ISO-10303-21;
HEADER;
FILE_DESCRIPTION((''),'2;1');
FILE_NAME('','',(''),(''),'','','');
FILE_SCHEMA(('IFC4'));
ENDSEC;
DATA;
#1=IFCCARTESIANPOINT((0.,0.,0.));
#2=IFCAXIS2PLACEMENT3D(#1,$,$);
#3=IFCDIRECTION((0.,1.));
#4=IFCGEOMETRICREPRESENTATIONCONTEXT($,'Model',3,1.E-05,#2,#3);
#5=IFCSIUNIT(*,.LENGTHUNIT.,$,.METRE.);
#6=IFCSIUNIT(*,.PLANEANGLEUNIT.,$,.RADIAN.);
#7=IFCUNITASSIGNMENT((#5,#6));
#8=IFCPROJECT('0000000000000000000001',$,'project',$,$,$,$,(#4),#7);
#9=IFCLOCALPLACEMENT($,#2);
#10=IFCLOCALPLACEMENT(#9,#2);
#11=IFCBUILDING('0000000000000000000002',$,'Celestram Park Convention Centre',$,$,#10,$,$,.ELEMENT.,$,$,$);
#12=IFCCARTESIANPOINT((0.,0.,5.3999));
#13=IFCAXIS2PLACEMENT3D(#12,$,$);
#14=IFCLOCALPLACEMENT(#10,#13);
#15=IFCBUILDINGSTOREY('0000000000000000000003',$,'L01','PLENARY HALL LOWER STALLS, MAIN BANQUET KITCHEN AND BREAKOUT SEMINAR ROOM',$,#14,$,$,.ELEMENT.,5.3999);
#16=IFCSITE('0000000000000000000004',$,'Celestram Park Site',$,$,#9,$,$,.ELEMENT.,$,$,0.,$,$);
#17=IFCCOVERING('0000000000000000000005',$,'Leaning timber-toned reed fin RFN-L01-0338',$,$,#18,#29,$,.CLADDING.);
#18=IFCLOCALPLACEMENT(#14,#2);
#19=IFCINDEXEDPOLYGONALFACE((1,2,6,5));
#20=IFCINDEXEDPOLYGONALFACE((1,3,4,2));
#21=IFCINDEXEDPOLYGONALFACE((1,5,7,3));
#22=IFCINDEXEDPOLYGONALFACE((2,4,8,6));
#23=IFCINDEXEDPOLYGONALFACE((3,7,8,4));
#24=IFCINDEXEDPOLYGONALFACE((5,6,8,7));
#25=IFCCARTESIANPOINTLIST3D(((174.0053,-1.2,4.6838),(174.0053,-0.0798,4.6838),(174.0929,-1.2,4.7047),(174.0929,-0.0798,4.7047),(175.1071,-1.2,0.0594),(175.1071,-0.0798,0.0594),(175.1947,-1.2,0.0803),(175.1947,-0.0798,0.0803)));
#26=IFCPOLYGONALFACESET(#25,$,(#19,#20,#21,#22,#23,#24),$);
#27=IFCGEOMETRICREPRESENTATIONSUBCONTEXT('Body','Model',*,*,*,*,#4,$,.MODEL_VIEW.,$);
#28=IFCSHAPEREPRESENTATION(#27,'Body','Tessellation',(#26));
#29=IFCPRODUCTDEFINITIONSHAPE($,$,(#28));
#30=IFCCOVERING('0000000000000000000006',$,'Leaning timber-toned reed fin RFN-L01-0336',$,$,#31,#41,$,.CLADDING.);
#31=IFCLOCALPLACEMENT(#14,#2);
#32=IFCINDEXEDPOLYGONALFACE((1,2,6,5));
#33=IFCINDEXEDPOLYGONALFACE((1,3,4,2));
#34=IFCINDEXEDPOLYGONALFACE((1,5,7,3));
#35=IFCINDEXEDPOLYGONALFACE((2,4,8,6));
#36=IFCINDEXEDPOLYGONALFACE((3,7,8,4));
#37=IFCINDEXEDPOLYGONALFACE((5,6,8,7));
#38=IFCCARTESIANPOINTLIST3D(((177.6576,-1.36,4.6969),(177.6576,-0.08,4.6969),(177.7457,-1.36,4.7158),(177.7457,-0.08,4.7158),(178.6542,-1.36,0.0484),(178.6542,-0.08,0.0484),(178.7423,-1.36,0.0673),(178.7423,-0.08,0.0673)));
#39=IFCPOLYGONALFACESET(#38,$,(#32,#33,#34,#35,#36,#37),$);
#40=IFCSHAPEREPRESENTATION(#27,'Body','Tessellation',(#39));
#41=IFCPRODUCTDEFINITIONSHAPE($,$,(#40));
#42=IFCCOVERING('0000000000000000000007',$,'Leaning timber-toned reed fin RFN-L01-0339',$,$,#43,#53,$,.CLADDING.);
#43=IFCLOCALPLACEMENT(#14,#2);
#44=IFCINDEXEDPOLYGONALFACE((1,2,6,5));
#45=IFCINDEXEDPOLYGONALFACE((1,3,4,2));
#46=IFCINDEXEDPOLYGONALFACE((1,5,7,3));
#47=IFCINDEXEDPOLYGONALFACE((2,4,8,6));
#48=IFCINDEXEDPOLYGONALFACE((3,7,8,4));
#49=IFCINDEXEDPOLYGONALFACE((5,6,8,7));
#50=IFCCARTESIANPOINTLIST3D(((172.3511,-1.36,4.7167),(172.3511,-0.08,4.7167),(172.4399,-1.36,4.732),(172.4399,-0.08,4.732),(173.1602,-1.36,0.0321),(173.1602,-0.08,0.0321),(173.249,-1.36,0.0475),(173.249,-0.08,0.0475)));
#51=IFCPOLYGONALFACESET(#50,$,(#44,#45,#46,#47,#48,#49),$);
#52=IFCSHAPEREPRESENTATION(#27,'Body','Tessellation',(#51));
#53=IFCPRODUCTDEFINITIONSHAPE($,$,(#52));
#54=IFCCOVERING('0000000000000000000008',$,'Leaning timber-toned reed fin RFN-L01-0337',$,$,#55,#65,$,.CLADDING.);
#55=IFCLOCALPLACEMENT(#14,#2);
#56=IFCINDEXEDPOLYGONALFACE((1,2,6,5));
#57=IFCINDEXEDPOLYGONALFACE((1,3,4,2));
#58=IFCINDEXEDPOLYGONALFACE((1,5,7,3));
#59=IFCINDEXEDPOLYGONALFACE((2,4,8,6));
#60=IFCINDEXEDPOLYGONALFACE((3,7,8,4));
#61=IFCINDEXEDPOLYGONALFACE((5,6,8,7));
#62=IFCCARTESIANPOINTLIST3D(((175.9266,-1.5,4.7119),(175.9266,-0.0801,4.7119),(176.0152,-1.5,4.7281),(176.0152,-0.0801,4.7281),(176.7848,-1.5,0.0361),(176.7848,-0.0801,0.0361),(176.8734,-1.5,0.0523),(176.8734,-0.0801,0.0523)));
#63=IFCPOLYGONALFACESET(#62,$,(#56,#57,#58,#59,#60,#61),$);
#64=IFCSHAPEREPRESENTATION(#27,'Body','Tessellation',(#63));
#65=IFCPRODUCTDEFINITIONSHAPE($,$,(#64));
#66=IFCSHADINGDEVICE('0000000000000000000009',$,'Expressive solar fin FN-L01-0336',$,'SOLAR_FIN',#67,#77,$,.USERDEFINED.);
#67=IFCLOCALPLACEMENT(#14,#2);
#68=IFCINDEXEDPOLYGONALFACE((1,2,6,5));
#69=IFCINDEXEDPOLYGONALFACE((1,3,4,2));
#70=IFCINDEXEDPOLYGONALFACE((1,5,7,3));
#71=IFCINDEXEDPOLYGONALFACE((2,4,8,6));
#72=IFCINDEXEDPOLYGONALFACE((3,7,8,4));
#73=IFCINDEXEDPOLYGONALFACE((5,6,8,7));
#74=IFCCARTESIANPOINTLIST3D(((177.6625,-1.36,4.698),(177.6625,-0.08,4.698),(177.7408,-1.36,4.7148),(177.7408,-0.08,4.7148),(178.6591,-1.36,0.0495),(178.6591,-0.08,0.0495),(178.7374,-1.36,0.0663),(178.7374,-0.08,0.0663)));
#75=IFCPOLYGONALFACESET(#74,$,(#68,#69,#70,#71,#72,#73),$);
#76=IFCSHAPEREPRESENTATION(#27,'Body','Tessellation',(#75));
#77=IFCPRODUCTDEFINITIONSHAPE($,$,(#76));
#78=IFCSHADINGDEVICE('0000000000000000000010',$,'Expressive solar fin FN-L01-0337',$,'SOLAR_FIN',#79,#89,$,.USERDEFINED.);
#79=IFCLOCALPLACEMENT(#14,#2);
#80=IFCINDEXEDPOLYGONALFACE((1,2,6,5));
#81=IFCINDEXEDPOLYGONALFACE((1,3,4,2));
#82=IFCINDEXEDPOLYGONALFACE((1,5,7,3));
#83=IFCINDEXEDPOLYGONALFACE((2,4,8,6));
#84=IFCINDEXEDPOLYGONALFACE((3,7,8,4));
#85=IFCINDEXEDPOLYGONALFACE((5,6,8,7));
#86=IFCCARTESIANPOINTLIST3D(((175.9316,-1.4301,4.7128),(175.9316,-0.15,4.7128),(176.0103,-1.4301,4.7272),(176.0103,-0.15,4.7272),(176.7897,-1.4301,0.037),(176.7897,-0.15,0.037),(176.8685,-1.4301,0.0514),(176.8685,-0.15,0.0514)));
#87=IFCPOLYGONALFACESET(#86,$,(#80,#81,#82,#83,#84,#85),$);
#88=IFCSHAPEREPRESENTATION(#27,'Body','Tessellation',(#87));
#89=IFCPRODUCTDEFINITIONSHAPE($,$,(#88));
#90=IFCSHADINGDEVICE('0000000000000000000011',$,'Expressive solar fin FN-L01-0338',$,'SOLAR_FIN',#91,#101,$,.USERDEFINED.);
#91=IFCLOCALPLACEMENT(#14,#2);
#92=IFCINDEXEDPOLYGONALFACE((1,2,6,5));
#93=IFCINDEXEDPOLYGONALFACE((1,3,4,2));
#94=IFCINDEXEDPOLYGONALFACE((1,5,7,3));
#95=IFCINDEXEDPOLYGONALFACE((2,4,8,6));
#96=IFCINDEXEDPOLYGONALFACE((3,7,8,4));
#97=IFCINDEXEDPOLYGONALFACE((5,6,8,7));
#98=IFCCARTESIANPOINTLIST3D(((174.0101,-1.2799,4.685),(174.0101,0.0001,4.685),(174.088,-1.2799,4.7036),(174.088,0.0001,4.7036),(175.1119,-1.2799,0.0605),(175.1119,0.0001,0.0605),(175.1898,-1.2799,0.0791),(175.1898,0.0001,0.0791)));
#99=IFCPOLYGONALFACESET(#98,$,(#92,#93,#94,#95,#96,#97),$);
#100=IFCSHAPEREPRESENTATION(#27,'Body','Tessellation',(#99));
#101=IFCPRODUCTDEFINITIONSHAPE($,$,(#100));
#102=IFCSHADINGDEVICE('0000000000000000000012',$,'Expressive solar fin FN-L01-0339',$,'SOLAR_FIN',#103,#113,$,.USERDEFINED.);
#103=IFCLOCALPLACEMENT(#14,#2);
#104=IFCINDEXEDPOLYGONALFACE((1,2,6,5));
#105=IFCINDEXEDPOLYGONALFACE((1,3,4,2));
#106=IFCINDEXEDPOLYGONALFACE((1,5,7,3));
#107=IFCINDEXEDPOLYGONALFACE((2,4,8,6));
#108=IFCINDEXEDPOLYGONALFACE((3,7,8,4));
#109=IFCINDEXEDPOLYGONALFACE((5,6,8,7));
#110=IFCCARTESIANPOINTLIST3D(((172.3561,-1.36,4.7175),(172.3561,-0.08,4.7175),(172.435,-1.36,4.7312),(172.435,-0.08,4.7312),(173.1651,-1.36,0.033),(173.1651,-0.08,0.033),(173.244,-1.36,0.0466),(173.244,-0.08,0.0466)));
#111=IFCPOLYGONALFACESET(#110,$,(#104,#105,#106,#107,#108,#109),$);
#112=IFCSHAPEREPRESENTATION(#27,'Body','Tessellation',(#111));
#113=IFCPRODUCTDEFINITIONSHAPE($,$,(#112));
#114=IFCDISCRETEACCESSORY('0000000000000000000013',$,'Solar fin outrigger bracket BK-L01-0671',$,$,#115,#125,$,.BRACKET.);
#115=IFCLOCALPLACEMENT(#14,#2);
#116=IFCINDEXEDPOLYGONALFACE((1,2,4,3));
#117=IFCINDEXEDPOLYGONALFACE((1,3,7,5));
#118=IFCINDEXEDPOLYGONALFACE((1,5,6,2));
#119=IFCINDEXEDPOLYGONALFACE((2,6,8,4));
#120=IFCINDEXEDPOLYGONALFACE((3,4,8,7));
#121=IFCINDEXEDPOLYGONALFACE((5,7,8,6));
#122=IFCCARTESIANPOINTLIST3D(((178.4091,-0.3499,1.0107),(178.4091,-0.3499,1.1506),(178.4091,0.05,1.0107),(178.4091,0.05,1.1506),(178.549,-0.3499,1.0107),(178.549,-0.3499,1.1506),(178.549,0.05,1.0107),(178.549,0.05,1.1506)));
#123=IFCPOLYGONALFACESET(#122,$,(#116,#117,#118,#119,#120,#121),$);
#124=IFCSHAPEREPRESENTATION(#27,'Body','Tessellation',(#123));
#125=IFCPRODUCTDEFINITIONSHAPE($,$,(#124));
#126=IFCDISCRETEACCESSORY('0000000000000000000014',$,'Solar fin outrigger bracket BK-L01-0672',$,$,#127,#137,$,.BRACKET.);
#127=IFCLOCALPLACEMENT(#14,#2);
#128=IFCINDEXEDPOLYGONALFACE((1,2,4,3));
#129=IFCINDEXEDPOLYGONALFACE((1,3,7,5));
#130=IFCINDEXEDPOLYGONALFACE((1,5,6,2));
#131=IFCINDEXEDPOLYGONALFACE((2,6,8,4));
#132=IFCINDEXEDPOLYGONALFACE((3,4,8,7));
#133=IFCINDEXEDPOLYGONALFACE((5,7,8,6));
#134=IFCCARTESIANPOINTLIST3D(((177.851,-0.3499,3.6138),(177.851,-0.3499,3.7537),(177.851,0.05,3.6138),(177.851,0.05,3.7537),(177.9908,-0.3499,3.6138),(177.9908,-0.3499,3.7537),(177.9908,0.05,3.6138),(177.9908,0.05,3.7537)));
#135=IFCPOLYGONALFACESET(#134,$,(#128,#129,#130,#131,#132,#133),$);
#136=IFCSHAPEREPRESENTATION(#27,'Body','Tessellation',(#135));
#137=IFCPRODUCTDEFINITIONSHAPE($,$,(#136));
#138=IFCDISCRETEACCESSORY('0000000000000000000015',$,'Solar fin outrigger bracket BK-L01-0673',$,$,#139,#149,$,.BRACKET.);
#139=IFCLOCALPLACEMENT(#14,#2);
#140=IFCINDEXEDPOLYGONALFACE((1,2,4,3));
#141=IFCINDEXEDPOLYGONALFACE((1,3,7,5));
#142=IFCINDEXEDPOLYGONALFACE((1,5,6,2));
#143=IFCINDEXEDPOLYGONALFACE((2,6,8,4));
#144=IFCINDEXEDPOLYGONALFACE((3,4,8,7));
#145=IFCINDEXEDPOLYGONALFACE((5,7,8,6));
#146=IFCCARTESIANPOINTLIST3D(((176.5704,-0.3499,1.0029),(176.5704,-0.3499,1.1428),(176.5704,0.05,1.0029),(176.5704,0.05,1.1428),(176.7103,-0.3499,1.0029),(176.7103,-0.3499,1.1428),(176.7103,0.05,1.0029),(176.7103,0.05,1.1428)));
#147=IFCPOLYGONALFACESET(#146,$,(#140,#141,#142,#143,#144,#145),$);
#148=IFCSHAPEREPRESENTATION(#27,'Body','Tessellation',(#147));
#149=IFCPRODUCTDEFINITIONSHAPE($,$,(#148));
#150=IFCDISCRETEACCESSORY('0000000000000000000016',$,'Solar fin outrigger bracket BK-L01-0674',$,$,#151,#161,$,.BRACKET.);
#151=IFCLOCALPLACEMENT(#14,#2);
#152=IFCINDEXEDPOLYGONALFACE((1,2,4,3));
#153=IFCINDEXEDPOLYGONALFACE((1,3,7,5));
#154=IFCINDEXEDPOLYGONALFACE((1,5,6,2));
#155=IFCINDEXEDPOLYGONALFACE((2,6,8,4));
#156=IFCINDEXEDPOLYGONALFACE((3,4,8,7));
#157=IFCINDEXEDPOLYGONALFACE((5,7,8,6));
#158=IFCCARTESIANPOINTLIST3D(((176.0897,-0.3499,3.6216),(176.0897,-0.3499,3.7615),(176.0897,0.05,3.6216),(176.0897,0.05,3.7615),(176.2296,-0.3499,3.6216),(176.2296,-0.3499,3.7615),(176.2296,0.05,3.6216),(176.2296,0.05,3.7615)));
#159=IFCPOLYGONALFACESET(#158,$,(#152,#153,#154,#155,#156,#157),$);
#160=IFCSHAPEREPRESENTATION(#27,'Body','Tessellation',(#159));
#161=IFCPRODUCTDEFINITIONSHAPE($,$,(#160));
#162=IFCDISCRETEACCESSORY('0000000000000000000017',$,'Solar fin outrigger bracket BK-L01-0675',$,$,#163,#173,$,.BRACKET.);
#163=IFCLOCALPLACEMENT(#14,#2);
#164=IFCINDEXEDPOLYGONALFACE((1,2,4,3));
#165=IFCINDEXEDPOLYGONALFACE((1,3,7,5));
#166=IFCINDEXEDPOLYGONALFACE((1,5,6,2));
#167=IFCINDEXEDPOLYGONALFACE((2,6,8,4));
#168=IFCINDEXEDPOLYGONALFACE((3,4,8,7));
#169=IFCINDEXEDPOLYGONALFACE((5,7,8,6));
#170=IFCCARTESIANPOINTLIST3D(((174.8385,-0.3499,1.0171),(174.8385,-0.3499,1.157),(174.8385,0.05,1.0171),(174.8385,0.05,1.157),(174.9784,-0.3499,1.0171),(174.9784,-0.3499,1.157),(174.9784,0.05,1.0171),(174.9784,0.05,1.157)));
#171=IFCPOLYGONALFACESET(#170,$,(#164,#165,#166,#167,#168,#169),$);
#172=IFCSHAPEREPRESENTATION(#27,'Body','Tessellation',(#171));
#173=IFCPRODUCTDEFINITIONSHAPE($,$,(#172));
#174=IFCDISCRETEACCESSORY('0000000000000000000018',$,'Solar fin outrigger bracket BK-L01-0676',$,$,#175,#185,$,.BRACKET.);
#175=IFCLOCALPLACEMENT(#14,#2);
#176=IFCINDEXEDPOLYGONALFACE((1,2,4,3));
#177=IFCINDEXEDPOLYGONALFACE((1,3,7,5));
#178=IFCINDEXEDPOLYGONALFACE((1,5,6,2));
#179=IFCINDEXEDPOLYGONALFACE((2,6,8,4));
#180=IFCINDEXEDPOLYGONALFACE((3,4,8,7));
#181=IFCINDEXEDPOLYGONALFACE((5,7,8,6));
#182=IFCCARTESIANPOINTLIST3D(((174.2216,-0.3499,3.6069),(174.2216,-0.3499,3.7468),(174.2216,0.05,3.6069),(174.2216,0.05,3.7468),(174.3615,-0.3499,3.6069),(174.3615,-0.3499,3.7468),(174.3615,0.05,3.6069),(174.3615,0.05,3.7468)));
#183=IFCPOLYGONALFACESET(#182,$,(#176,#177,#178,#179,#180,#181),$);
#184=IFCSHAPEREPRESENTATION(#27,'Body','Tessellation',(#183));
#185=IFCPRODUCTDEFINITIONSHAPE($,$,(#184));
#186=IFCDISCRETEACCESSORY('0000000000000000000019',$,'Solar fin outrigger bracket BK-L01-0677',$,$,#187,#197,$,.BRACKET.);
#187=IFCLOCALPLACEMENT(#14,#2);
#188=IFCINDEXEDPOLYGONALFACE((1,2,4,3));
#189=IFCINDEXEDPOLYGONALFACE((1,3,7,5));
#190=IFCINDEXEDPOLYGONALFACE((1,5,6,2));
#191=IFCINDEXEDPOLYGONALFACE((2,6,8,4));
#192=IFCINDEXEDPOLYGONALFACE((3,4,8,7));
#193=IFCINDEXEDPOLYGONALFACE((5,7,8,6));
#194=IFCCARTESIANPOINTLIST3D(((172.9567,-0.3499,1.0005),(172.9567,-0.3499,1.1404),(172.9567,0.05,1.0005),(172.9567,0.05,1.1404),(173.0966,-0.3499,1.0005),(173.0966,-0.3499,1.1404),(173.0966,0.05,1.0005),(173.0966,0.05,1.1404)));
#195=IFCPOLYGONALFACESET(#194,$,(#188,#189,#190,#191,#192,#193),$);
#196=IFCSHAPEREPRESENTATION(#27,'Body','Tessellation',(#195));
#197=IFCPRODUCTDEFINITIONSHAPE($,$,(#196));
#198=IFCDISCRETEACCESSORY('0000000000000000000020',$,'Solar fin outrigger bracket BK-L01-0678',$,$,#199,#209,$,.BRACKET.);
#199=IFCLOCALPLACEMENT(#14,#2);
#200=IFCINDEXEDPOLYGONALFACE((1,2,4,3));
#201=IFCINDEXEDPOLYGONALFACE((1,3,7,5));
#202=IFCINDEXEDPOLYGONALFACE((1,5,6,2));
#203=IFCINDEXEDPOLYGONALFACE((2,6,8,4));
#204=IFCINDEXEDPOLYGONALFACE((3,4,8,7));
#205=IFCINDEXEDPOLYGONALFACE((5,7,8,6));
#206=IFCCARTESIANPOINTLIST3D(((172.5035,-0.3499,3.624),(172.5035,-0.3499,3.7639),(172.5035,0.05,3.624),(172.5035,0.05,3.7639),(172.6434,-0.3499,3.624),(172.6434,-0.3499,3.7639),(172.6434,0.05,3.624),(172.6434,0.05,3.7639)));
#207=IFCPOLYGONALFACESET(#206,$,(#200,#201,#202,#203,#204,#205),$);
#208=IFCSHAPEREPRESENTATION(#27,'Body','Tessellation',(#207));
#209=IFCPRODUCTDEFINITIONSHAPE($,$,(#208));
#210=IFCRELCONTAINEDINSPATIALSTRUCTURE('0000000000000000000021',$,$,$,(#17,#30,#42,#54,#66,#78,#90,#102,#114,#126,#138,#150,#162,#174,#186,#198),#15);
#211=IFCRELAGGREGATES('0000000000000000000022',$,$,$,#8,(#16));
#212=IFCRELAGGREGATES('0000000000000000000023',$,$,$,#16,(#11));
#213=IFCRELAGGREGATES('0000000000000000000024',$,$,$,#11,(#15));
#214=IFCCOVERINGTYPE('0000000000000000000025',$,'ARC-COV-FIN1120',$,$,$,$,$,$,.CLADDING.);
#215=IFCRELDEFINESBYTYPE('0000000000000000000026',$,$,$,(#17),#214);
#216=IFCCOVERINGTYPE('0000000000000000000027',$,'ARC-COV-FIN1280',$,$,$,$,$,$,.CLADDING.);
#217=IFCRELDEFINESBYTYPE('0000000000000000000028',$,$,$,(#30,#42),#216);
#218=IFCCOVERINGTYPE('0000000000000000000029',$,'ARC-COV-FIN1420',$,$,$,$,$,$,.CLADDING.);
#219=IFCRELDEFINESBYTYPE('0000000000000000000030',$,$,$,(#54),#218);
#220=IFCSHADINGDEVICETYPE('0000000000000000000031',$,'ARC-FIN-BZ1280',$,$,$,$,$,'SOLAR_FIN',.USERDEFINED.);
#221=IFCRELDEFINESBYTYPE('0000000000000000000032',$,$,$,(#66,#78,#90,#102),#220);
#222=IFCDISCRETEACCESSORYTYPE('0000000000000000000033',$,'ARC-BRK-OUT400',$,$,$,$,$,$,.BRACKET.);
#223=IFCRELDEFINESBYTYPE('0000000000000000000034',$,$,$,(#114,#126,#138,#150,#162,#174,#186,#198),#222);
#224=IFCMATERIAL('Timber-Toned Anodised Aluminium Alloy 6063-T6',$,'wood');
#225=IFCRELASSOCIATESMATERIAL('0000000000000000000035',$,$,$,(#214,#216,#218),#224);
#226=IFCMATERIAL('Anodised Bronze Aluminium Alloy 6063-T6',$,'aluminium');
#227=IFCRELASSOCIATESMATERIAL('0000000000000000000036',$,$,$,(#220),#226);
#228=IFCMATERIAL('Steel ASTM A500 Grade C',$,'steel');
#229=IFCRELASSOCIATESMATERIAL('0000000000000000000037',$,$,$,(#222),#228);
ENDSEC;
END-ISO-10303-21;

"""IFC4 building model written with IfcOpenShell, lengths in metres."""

from ifc_helpers import new_model, si_unit, direction, frame, origin, origin_2d, place, context, subcontext, project, spatial, rectangle, extrude, material, material_profile, profile_set, type_object, element, save


model = new_model("IFC4")

# Units and contexts
model_context = context("Model", 3, precision=1e-05, world=origin(), true_north=direction((0.0, 1.0)))
body_context = subcontext(model_context, "Body", "Model", "MODEL_VIEW")
ifc_project = project(units=[si_unit("LENGTHUNIT", "METRE"), si_unit("PLANEANGLEUNIT", "RADIAN")], contexts=[model_context])

# Site, building, storey
site_placement = place(None, origin())
site = spatial("IfcSite", under=ifc_project, at=site_placement, Name="Celestram Park Site", CompositionType="ELEMENT", RefElevation=0.0)
building_placement = place(site_placement, origin())
building = spatial("IfcBuilding", under=site, at=building_placement, Name="Celestram Park Convention Centre", CompositionType="ELEMENT")
storey_placement = place(building_placement, frame((0.0, 0.0, 5.3999)))
storey = spatial("IfcBuildingStorey", under=building, at=storey_placement, Name="L01", Description="PLENARY HALL LOWER STALLS, MAIN BANQUET KITCHEN AND BREAKOUT SEMINAR ROOM", CompositionType="ELEMENT", Elevation=5.3999)

# Coverings
ifc_material_1 = material(Name="Timber-Toned Anodised Aluminium Alloy 6063-T6", Category="wood")
ifc_material_profile_1 = material_profile(ifc_material_1, rectangle(XDim=1.1201, YDim=0.0901, at=origin_2d()), Name="REED1120X90")
ifc_profile_set_1 = profile_set([ifc_material_profile_1], Name="Timber-Toned Anodised Aluminium Alloy 6063-T6")
covering_type_1 = type_object("IfcCoveringType", Name="ARC-COV-FIN1120", PredefinedType="CLADDING", material=ifc_profile_set_1)
covering_1_placement = place(storey_placement, frame((175.1509, -0.6399, 0.0698), z_axis=(-0.231766, 0.0, 0.972771), x_axis=(0.0, -1.0, 0.0)))
element("IfcCovering", 1, at=covering_1_placement, inside=storey, type_object=covering_type_1, Name="Leaning timber-toned reed fin RFN-L01-0338", PredefinedType="CLADDING", context=body_context, shape_type="SweptSolid", body=[
    extrude(rectangle(XDim=1.1201, YDim=0.0901, at=origin_2d()), origin(), (0.0, 0.0, 1.0), 4.7539),
])
ifc_material_profile_2 = material_profile(ifc_material_1, rectangle(XDim=1.28, YDim=0.0901, at=origin_2d()), Name="REED1280X90")
ifc_profile_set_2 = profile_set([ifc_material_profile_2], Name="Timber-Toned Anodised Aluminium Alloy 6063-T6")
covering_type_2 = type_object("IfcCoveringType", Name="ARC-COV-FIN1280", PredefinedType="CLADDING", material=ifc_profile_set_2)
covering_2_placement = place(storey_placement, frame((178.6982, -0.72, 0.0579), z_axis=(-0.209627, 0.0, 0.977781), x_axis=(0.0, -1.0, 0.0)))
element("IfcCovering", 2, at=covering_2_placement, inside=storey, type_object=covering_type_2, Name="Leaning timber-toned reed fin RFN-L01-0336", PredefinedType="CLADDING", context=body_context, shape_type="SweptSolid", body=[
    extrude(rectangle(XDim=1.28, YDim=0.0901, at=origin_2d()), origin(), (0.0, 0.0, 1.0), 4.7542),
])
covering_3_placement = place(storey_placement, frame((173.2046, -0.72, 0.0398), z_axis=(-0.170192, 0.0, 0.985411), x_axis=(0.0, -1.0, 0.0)))
element("IfcCovering", 3, at=covering_3_placement, inside=storey, type_object=covering_type_2, Name="Leaning timber-toned reed fin RFN-L01-0339", PredefinedType="CLADDING", context=body_context, shape_type="SweptSolid", body=[
    extrude(rectangle(XDim=1.28, YDim=0.0901, at=origin_2d()), origin(), (0.0, 0.0, 1.0), 4.7539),
])
ifc_material_profile_3 = material_profile(ifc_material_1, rectangle(XDim=1.4199, YDim=0.0901, at=origin_2d()), Name="REED1420X90")
ifc_profile_set_3 = profile_set([ifc_material_profile_3], Name="Timber-Toned Anodised Aluminium Alloy 6063-T6")
covering_type_3 = type_object("IfcCoveringType", Name="ARC-COV-FIN1420", PredefinedType="CLADDING", material=ifc_profile_set_3)
covering_4_placement = place(storey_placement, frame((176.8291, -0.79, 0.0442), z_axis=(-0.180517, 0.0, 0.983572), x_axis=(0.0, -1.0, 0.0)))
element("IfcCovering", 4, at=covering_4_placement, inside=storey, type_object=covering_type_3, Name="Leaning timber-toned reed fin RFN-L01-0337", PredefinedType="CLADDING", context=body_context, shape_type="SweptSolid", body=[
    extrude(rectangle(XDim=1.4199, YDim=0.0901, at=origin_2d()), origin(), (0.0, 0.0, 1.0), 4.7539),
])

# Shading devices
ifc_material_2 = material(Name="Anodised Bronze Aluminium Alloy 6063-T6", Category="aluminium")
ifc_material_profile_4 = material_profile(ifc_material_2, rectangle(XDim=1.28, YDim=0.0801, at=origin_2d()), Name="FIN1280X80")
ifc_profile_set_4 = profile_set([ifc_material_profile_4], Name="Anodised Bronze Aluminium Alloy 6063-T6")
shading_device_type = type_object("IfcShadingDeviceType", Name="ARC-FIN-BZ1280", ElementType="SOLAR_FIN", PredefinedType="USERDEFINED", material=ifc_profile_set_4)
shading_device_placement = place(storey_placement, frame((178.6982, -0.72, 0.0579), z_axis=(-0.209627, 0.0, 0.977781), x_axis=(0.0, -1.0, 0.0)))
element("IfcShadingDevice", 5, at=shading_device_placement, inside=storey, type_object=shading_device_type, Name="Expressive solar fin FN-L01-0336", ObjectType="SOLAR_FIN", PredefinedType="USERDEFINED", context=body_context, shape_type="SweptSolid", body=[
    extrude(rectangle(XDim=1.28, YDim=0.0801, at=origin_2d()), origin(), (0.0, 0.0, 1.0), 4.7542),
])
for number, where, z_axis, x_axis, name in (
    (6, (176.8291, -0.79, 0.0442), (-0.180517, 0.0, 0.983572), (0.0, -1.0, 0.0), "Expressive solar fin FN-L01-0337"),
    (7, (175.1509, -0.6399, 0.0698), (-0.231766, 0.0, 0.972771), (0.0, -1.0, 0.0), "Expressive solar fin FN-L01-0338"),
    (8, (173.2046, -0.72, 0.0398), (-0.170192, 0.0, 0.985411), (0.0, -1.0, 0.0), "Expressive solar fin FN-L01-0339"),
):
    element("IfcShadingDevice", number, at=place(storey_placement, frame(where, z_axis=z_axis, x_axis=x_axis)), inside=storey, type_object=shading_device_type, Name=name, ObjectType="SOLAR_FIN", PredefinedType="USERDEFINED", context=body_context, shape_type="SweptSolid", body=[
        extrude(rectangle(XDim=1.28, YDim=0.0801, at=origin_2d()), origin(), (0.0, 0.0, 1.0), 4.7539),
    ])

# Discrete accessories
ifc_material_3 = material(Name="Steel ASTM A500 Grade C", Category="steel")
discrete_accessory_type = type_object("IfcDiscreteAccessoryType", Name="ARC-BRK-OUT400", PredefinedType="BRACKET", material=ifc_material_3)
for number, where, z_axis, x_axis, name in (
    (9, (178.479, -0.1499, 1.0107), (0.0, 0.0, 1.0), (0.0, -1.0, 0.0), "Solar fin outrigger bracket BK-L01-0671"),
    (10, (177.9209, -0.1499, 3.6138), (0.0, 0.0, 1.0), (0.0, -1.0, 0.0), "Solar fin outrigger bracket BK-L01-0672"),
    (11, (176.6404, -0.1499, 1.0029), (0.0, 0.0, 1.0), (0.0, -1.0, 0.0), "Solar fin outrigger bracket BK-L01-0673"),
    (12, (176.1597, -0.1499, 3.6216), (0.0, 0.0, 1.0), (0.0, -1.0, 0.0), "Solar fin outrigger bracket BK-L01-0674"),
    (13, (174.9084, -0.1499, 1.0171), (0.0, 0.0, 1.0), (0.0, -1.0, 0.0), "Solar fin outrigger bracket BK-L01-0675"),
    (14, (174.2915, -0.1499, 3.6069), (0.0, 0.0, 1.0), (0.0, -1.0, 0.0), "Solar fin outrigger bracket BK-L01-0676"),
    (15, (173.0266, -0.1499, 1.0005), (0.0, 0.0, 1.0), (0.0, -1.0, 0.0), "Solar fin outrigger bracket BK-L01-0677"),
    (16, (172.5735, -0.1499, 3.624), (0.0, 0.0, 1.0), (0.0, -1.0, 0.0), "Solar fin outrigger bracket BK-L01-0678"),
):
    element("IfcDiscreteAccessory", number, at=place(storey_placement, frame(where, z_axis=z_axis, x_axis=x_axis)), inside=storey, type_object=discrete_accessory_type, Name=name, PredefinedType="BRACKET", context=body_context, shape_type="SweptSolid", body=[
        extrude(rectangle(XDim=0.3999, YDim=0.1399, at=origin_2d()), origin(), (0.0, 0.0, 1.0), 0.1399),
    ])

save(model, "model.ifc")
